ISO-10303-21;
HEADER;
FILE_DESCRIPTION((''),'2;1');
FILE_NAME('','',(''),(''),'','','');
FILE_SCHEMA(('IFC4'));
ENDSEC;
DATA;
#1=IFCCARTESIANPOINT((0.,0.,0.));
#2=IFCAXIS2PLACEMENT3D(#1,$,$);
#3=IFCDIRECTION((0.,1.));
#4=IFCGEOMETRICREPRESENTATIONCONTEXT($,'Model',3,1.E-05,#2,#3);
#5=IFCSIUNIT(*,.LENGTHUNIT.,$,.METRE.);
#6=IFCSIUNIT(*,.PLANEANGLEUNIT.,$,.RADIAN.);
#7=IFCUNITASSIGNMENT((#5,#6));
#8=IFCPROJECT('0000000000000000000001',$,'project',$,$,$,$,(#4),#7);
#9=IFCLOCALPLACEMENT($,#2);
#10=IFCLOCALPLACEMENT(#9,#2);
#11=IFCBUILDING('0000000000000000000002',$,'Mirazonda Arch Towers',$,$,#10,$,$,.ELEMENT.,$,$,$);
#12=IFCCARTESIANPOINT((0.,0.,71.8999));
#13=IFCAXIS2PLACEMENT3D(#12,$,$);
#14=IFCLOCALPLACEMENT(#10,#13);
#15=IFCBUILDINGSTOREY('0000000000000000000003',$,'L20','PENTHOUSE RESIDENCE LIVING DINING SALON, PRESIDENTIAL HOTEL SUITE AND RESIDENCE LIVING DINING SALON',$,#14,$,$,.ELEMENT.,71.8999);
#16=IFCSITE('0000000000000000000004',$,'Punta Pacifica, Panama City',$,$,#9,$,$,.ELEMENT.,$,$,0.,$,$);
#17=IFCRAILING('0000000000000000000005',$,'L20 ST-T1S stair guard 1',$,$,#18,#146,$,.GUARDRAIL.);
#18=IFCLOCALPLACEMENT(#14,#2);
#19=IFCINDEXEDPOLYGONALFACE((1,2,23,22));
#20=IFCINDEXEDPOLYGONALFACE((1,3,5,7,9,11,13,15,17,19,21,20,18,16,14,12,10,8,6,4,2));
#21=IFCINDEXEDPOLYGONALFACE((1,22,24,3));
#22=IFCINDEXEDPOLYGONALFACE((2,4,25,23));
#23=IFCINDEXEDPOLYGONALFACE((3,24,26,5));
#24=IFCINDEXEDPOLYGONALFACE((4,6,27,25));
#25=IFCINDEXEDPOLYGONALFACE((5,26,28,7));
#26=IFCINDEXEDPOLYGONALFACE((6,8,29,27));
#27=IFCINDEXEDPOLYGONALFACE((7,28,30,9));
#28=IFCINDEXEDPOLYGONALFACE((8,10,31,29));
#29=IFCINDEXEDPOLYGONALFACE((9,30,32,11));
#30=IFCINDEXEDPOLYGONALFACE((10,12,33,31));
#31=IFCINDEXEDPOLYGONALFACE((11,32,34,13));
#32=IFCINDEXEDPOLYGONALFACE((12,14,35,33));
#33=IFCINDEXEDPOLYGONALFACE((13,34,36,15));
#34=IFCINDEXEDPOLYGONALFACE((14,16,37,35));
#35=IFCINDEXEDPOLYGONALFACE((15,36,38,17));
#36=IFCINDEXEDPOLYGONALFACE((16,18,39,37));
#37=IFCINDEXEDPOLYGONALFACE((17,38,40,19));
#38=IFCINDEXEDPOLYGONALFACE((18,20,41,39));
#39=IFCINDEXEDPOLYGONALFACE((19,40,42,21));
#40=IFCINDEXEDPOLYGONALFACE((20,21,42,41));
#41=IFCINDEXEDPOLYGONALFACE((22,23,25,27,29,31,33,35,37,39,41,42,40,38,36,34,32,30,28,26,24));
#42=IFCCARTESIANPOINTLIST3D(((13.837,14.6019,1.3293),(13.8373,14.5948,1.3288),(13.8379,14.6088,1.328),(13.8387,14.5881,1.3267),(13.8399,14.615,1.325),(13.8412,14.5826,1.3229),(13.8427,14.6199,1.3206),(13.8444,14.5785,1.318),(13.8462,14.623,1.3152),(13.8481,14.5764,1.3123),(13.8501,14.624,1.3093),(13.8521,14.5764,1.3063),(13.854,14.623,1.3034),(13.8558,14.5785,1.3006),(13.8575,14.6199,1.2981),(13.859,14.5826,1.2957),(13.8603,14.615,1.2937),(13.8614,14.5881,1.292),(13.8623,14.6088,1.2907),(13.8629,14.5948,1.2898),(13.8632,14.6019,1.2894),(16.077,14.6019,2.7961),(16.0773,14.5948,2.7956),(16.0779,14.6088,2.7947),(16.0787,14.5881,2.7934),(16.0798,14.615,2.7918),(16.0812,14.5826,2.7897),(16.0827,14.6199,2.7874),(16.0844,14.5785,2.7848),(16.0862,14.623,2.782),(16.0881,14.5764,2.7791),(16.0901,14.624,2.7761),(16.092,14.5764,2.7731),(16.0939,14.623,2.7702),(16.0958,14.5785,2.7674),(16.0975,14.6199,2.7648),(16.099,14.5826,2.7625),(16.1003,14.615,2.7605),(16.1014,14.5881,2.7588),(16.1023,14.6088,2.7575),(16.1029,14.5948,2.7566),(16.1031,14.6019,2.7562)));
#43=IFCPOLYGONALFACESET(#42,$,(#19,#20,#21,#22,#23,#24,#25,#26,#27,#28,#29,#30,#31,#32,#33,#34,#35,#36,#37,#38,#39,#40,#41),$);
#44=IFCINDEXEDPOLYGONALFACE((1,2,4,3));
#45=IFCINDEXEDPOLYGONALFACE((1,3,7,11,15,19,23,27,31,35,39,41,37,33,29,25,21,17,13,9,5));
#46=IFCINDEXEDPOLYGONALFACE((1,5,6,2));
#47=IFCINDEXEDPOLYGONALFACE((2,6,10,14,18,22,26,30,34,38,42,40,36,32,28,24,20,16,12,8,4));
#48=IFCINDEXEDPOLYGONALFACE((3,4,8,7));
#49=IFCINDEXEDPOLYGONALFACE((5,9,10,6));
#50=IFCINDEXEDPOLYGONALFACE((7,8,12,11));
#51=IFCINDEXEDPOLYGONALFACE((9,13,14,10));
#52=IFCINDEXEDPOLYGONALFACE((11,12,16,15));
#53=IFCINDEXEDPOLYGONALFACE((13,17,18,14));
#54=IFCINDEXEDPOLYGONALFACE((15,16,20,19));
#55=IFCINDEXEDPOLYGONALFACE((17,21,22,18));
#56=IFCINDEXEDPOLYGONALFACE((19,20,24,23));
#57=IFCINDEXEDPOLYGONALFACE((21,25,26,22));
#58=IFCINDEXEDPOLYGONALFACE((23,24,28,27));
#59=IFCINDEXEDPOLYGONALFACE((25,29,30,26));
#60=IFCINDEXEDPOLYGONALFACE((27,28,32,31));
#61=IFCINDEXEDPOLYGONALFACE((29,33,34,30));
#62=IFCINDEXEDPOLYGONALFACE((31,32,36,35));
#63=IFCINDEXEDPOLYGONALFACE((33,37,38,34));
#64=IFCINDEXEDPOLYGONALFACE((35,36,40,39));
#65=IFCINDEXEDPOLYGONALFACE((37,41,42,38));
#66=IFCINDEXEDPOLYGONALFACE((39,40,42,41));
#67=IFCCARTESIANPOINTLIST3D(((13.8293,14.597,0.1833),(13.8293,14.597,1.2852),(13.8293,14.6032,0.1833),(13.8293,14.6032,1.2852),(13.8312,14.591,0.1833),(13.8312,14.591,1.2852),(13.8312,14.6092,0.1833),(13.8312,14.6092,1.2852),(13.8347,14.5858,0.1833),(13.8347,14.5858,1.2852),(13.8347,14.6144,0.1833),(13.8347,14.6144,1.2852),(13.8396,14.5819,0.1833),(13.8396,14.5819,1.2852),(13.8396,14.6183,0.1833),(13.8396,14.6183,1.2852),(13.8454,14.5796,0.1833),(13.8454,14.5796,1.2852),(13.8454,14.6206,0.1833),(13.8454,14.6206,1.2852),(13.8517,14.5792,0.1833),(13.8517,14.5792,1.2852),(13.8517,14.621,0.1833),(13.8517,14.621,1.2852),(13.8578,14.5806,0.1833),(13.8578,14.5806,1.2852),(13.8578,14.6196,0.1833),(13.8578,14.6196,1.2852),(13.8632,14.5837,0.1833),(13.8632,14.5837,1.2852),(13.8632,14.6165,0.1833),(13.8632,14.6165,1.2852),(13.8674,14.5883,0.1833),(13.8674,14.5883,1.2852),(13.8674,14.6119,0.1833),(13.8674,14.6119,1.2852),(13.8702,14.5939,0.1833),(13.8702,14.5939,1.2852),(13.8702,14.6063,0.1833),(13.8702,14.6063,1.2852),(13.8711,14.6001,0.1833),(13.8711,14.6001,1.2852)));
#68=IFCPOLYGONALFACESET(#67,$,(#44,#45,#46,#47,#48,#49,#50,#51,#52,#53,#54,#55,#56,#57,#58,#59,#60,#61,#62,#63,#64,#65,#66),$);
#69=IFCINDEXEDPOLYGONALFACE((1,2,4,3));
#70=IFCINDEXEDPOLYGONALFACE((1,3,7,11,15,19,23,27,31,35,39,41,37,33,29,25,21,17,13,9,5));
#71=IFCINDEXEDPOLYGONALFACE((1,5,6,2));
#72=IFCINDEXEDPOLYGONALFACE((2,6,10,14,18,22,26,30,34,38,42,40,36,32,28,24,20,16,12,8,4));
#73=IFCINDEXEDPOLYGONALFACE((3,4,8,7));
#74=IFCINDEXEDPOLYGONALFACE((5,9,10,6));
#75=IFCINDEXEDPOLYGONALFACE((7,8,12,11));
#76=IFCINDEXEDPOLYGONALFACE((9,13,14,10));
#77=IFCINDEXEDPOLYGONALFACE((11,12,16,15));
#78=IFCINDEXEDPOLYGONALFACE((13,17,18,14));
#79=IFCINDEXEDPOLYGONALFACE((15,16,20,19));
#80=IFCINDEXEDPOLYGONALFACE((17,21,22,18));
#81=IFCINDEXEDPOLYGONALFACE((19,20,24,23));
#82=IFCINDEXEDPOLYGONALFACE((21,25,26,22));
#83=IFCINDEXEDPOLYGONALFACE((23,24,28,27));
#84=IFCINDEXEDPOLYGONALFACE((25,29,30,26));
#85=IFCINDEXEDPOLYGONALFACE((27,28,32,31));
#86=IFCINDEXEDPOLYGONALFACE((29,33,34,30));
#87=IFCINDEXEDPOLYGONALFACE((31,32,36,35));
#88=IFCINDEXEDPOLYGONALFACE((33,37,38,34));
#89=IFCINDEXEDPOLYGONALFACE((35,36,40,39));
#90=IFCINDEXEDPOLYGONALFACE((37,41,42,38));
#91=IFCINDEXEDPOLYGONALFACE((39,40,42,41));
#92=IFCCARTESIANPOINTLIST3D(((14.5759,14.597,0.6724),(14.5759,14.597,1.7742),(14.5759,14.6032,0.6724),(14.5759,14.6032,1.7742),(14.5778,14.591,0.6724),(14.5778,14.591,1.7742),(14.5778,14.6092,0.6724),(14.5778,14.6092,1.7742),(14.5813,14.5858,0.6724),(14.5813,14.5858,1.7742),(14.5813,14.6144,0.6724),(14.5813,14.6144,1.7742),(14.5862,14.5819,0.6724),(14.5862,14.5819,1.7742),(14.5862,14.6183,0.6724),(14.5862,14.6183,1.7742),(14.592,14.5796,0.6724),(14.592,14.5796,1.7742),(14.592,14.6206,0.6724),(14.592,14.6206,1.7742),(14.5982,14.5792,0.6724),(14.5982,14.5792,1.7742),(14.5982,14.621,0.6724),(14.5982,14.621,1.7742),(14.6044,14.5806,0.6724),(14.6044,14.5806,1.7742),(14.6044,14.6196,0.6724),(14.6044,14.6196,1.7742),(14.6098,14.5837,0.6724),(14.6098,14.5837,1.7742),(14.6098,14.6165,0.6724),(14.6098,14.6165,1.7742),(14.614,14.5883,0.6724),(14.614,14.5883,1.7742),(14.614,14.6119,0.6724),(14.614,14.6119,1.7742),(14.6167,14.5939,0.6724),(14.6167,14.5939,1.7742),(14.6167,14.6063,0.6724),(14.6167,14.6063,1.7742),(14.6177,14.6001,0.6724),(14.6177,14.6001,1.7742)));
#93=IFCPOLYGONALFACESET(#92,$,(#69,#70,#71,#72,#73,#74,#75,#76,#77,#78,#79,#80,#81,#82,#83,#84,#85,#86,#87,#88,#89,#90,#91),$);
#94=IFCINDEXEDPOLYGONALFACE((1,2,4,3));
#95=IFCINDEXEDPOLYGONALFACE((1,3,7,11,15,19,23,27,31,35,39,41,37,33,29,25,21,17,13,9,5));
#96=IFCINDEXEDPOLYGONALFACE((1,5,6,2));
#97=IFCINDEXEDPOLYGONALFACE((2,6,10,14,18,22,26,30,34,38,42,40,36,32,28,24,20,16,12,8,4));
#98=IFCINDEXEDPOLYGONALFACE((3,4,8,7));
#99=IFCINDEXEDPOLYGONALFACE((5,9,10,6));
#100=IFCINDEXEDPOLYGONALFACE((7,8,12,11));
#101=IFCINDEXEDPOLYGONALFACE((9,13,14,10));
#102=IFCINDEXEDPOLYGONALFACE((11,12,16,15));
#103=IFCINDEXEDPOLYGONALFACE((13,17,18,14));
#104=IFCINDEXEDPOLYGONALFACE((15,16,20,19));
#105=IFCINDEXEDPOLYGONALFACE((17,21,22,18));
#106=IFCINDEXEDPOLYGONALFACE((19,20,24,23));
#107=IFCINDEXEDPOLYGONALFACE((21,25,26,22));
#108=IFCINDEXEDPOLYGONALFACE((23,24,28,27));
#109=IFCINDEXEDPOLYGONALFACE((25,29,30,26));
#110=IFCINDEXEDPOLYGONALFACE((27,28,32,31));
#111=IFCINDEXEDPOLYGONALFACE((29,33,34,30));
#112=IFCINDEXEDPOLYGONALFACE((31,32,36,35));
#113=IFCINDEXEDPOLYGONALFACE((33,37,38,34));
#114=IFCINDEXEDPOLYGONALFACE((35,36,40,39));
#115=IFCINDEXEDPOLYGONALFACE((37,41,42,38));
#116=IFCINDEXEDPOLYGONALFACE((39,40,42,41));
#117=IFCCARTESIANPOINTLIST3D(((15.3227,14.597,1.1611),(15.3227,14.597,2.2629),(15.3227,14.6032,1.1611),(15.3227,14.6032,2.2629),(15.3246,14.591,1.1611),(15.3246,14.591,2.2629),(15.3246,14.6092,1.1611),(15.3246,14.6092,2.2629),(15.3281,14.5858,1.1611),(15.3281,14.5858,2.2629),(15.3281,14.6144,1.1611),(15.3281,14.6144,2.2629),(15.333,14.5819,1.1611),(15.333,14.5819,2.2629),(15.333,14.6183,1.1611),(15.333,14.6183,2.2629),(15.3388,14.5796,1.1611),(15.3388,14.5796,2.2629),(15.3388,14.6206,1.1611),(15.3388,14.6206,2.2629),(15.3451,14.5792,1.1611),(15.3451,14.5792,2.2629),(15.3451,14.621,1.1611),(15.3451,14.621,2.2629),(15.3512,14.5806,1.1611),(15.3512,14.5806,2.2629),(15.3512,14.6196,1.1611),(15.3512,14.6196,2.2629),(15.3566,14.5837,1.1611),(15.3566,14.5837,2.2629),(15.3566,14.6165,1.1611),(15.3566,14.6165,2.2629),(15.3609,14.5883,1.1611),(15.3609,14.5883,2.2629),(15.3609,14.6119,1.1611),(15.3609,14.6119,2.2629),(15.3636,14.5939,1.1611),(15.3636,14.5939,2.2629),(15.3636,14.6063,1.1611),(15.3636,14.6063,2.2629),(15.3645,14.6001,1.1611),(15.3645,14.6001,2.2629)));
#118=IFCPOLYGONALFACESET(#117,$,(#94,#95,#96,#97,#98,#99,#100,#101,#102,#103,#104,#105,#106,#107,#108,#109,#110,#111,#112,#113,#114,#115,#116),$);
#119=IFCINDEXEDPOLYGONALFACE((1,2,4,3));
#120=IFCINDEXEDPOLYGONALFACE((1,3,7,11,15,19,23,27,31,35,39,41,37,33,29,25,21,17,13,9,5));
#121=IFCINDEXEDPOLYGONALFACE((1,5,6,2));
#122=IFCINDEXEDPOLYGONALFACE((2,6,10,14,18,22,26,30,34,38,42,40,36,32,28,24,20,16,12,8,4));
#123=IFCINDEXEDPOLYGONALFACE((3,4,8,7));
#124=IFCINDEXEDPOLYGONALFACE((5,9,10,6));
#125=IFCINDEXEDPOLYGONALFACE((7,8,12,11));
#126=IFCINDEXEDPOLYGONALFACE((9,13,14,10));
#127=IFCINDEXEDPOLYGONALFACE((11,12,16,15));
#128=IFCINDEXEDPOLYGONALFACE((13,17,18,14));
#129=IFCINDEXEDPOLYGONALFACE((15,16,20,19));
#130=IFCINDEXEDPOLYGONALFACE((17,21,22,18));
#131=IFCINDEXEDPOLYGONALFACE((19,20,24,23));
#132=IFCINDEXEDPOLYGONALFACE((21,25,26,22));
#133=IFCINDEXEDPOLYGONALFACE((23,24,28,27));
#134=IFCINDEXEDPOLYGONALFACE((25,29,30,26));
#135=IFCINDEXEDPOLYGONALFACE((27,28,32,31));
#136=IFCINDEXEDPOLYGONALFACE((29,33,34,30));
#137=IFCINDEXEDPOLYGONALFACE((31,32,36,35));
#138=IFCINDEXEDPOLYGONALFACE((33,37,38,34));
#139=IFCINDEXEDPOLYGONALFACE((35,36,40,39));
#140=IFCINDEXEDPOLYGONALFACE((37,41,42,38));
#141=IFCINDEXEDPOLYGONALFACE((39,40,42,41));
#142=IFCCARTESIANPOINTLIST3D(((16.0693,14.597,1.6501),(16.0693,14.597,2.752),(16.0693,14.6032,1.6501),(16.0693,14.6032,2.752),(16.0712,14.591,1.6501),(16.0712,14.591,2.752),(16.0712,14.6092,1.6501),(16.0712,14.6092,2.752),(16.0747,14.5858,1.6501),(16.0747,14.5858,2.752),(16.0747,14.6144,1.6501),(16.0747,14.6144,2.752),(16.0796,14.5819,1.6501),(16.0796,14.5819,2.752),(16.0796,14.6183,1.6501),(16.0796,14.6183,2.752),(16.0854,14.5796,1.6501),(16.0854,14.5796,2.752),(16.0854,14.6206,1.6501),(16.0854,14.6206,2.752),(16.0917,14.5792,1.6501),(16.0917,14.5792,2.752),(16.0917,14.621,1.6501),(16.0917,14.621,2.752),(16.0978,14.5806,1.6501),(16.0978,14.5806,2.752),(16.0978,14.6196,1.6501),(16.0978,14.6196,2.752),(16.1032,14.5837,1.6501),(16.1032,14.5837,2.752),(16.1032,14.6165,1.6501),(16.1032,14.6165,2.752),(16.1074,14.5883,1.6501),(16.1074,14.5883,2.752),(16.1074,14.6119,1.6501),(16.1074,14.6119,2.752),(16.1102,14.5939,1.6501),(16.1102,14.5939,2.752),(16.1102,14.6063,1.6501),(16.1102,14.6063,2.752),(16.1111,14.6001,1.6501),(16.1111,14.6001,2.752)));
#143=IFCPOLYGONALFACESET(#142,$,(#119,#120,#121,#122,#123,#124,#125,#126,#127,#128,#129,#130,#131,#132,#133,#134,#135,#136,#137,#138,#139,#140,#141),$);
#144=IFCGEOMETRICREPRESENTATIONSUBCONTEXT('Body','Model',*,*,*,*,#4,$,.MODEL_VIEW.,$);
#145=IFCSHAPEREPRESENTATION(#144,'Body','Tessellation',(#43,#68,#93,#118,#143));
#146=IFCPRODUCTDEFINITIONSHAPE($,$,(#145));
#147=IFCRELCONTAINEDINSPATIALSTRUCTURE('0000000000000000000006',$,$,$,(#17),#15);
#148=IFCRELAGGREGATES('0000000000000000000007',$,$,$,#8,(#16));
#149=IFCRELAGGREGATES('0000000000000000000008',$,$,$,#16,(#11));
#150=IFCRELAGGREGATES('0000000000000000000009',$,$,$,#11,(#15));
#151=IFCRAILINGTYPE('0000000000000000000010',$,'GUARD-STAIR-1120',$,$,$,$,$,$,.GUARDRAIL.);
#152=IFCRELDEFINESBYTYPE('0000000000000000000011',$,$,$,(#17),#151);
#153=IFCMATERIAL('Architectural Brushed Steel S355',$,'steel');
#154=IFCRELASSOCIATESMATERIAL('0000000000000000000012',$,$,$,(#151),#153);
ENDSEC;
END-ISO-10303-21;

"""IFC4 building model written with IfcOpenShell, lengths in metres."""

from ifc_helpers import new_model, si_unit, direction, frame, origin, origin_2d, place, context, subcontext, project, spatial, circle, extrude, material, type_object, element, save


model = new_model("IFC4")

# Units and contexts
model_context = context("Model", 3, precision=1e-05, world=origin(), true_north=direction((0.0, 1.0)))
body_context = subcontext(model_context, "Body", "Model", "MODEL_VIEW")
ifc_project = project(units=[si_unit("LENGTHUNIT", "METRE"), si_unit("PLANEANGLEUNIT", "RADIAN")], contexts=[model_context])

# Site, building, storey
site_placement = place(None, origin())
site = spatial("IfcSite", under=ifc_project, at=site_placement, Name="Punta Pacifica, Panama City", CompositionType="ELEMENT", RefElevation=0.0)
building_placement = place(site_placement, origin())
building = spatial("IfcBuilding", under=site, at=building_placement, Name="Mirazonda Arch Towers", CompositionType="ELEMENT")
storey_placement = place(building_placement, frame((0.0, 0.0, 71.8999)))
storey = spatial("IfcBuildingStorey", under=building, at=storey_placement, Name="L20", Description="PENTHOUSE RESIDENCE LIVING DINING SALON, PRESIDENTIAL HOTEL SUITE AND RESIDENCE LIVING DINING SALON", CompositionType="ELEMENT", Elevation=71.8999)

# Shared definitions
ifc_material_1 = material(Name="Architectural Brushed Steel S355", Category="steel")

# Railing
railing_type = type_object("IfcRailingType", Name="GUARD-STAIR-1120", PredefinedType="GUARDRAIL", material=ifc_material_1)
railing_1_placement = place(storey_placement, frame((13.8501, 14.6001, 0.1833)))
element("IfcRailing", 1, at=railing_1_placement, inside=storey, type_object=railing_type, Name="L20 ST-T1S stair guard 1", PredefinedType="GUARDRAIL", context=body_context, shape_type="SweptSolid", body=[
    extrude(circle(Radius=0.0239, at=origin_2d()), frame((0.0, 0.0, 1.126), z_axis=(0.836595, 0.0, 0.547822), x_axis=(0.0, 1.0, 0.0)), (0.0, 0.0, 1.0), 2.6775),
    extrude(circle(Radius=0.021, at=origin_2d()), origin(), (0.0, 0.0, 1.0), 1.1018),
    extrude(circle(Radius=0.021, at=origin_2d()), frame((0.7466, 0.0, 0.489)), (0.0, 0.0, 1.0), 1.1018),
    extrude(circle(Radius=0.021, at=origin_2d()), frame((1.4934, 0.0, 0.9778)), (0.0, 0.0, 1.0), 1.1018),
    extrude(circle(Radius=0.021, at=origin_2d()), frame((2.24, 0.0, 1.4668)), (0.0, 0.0, 1.0), 1.1018),
])

save(model, "model.ifc")
